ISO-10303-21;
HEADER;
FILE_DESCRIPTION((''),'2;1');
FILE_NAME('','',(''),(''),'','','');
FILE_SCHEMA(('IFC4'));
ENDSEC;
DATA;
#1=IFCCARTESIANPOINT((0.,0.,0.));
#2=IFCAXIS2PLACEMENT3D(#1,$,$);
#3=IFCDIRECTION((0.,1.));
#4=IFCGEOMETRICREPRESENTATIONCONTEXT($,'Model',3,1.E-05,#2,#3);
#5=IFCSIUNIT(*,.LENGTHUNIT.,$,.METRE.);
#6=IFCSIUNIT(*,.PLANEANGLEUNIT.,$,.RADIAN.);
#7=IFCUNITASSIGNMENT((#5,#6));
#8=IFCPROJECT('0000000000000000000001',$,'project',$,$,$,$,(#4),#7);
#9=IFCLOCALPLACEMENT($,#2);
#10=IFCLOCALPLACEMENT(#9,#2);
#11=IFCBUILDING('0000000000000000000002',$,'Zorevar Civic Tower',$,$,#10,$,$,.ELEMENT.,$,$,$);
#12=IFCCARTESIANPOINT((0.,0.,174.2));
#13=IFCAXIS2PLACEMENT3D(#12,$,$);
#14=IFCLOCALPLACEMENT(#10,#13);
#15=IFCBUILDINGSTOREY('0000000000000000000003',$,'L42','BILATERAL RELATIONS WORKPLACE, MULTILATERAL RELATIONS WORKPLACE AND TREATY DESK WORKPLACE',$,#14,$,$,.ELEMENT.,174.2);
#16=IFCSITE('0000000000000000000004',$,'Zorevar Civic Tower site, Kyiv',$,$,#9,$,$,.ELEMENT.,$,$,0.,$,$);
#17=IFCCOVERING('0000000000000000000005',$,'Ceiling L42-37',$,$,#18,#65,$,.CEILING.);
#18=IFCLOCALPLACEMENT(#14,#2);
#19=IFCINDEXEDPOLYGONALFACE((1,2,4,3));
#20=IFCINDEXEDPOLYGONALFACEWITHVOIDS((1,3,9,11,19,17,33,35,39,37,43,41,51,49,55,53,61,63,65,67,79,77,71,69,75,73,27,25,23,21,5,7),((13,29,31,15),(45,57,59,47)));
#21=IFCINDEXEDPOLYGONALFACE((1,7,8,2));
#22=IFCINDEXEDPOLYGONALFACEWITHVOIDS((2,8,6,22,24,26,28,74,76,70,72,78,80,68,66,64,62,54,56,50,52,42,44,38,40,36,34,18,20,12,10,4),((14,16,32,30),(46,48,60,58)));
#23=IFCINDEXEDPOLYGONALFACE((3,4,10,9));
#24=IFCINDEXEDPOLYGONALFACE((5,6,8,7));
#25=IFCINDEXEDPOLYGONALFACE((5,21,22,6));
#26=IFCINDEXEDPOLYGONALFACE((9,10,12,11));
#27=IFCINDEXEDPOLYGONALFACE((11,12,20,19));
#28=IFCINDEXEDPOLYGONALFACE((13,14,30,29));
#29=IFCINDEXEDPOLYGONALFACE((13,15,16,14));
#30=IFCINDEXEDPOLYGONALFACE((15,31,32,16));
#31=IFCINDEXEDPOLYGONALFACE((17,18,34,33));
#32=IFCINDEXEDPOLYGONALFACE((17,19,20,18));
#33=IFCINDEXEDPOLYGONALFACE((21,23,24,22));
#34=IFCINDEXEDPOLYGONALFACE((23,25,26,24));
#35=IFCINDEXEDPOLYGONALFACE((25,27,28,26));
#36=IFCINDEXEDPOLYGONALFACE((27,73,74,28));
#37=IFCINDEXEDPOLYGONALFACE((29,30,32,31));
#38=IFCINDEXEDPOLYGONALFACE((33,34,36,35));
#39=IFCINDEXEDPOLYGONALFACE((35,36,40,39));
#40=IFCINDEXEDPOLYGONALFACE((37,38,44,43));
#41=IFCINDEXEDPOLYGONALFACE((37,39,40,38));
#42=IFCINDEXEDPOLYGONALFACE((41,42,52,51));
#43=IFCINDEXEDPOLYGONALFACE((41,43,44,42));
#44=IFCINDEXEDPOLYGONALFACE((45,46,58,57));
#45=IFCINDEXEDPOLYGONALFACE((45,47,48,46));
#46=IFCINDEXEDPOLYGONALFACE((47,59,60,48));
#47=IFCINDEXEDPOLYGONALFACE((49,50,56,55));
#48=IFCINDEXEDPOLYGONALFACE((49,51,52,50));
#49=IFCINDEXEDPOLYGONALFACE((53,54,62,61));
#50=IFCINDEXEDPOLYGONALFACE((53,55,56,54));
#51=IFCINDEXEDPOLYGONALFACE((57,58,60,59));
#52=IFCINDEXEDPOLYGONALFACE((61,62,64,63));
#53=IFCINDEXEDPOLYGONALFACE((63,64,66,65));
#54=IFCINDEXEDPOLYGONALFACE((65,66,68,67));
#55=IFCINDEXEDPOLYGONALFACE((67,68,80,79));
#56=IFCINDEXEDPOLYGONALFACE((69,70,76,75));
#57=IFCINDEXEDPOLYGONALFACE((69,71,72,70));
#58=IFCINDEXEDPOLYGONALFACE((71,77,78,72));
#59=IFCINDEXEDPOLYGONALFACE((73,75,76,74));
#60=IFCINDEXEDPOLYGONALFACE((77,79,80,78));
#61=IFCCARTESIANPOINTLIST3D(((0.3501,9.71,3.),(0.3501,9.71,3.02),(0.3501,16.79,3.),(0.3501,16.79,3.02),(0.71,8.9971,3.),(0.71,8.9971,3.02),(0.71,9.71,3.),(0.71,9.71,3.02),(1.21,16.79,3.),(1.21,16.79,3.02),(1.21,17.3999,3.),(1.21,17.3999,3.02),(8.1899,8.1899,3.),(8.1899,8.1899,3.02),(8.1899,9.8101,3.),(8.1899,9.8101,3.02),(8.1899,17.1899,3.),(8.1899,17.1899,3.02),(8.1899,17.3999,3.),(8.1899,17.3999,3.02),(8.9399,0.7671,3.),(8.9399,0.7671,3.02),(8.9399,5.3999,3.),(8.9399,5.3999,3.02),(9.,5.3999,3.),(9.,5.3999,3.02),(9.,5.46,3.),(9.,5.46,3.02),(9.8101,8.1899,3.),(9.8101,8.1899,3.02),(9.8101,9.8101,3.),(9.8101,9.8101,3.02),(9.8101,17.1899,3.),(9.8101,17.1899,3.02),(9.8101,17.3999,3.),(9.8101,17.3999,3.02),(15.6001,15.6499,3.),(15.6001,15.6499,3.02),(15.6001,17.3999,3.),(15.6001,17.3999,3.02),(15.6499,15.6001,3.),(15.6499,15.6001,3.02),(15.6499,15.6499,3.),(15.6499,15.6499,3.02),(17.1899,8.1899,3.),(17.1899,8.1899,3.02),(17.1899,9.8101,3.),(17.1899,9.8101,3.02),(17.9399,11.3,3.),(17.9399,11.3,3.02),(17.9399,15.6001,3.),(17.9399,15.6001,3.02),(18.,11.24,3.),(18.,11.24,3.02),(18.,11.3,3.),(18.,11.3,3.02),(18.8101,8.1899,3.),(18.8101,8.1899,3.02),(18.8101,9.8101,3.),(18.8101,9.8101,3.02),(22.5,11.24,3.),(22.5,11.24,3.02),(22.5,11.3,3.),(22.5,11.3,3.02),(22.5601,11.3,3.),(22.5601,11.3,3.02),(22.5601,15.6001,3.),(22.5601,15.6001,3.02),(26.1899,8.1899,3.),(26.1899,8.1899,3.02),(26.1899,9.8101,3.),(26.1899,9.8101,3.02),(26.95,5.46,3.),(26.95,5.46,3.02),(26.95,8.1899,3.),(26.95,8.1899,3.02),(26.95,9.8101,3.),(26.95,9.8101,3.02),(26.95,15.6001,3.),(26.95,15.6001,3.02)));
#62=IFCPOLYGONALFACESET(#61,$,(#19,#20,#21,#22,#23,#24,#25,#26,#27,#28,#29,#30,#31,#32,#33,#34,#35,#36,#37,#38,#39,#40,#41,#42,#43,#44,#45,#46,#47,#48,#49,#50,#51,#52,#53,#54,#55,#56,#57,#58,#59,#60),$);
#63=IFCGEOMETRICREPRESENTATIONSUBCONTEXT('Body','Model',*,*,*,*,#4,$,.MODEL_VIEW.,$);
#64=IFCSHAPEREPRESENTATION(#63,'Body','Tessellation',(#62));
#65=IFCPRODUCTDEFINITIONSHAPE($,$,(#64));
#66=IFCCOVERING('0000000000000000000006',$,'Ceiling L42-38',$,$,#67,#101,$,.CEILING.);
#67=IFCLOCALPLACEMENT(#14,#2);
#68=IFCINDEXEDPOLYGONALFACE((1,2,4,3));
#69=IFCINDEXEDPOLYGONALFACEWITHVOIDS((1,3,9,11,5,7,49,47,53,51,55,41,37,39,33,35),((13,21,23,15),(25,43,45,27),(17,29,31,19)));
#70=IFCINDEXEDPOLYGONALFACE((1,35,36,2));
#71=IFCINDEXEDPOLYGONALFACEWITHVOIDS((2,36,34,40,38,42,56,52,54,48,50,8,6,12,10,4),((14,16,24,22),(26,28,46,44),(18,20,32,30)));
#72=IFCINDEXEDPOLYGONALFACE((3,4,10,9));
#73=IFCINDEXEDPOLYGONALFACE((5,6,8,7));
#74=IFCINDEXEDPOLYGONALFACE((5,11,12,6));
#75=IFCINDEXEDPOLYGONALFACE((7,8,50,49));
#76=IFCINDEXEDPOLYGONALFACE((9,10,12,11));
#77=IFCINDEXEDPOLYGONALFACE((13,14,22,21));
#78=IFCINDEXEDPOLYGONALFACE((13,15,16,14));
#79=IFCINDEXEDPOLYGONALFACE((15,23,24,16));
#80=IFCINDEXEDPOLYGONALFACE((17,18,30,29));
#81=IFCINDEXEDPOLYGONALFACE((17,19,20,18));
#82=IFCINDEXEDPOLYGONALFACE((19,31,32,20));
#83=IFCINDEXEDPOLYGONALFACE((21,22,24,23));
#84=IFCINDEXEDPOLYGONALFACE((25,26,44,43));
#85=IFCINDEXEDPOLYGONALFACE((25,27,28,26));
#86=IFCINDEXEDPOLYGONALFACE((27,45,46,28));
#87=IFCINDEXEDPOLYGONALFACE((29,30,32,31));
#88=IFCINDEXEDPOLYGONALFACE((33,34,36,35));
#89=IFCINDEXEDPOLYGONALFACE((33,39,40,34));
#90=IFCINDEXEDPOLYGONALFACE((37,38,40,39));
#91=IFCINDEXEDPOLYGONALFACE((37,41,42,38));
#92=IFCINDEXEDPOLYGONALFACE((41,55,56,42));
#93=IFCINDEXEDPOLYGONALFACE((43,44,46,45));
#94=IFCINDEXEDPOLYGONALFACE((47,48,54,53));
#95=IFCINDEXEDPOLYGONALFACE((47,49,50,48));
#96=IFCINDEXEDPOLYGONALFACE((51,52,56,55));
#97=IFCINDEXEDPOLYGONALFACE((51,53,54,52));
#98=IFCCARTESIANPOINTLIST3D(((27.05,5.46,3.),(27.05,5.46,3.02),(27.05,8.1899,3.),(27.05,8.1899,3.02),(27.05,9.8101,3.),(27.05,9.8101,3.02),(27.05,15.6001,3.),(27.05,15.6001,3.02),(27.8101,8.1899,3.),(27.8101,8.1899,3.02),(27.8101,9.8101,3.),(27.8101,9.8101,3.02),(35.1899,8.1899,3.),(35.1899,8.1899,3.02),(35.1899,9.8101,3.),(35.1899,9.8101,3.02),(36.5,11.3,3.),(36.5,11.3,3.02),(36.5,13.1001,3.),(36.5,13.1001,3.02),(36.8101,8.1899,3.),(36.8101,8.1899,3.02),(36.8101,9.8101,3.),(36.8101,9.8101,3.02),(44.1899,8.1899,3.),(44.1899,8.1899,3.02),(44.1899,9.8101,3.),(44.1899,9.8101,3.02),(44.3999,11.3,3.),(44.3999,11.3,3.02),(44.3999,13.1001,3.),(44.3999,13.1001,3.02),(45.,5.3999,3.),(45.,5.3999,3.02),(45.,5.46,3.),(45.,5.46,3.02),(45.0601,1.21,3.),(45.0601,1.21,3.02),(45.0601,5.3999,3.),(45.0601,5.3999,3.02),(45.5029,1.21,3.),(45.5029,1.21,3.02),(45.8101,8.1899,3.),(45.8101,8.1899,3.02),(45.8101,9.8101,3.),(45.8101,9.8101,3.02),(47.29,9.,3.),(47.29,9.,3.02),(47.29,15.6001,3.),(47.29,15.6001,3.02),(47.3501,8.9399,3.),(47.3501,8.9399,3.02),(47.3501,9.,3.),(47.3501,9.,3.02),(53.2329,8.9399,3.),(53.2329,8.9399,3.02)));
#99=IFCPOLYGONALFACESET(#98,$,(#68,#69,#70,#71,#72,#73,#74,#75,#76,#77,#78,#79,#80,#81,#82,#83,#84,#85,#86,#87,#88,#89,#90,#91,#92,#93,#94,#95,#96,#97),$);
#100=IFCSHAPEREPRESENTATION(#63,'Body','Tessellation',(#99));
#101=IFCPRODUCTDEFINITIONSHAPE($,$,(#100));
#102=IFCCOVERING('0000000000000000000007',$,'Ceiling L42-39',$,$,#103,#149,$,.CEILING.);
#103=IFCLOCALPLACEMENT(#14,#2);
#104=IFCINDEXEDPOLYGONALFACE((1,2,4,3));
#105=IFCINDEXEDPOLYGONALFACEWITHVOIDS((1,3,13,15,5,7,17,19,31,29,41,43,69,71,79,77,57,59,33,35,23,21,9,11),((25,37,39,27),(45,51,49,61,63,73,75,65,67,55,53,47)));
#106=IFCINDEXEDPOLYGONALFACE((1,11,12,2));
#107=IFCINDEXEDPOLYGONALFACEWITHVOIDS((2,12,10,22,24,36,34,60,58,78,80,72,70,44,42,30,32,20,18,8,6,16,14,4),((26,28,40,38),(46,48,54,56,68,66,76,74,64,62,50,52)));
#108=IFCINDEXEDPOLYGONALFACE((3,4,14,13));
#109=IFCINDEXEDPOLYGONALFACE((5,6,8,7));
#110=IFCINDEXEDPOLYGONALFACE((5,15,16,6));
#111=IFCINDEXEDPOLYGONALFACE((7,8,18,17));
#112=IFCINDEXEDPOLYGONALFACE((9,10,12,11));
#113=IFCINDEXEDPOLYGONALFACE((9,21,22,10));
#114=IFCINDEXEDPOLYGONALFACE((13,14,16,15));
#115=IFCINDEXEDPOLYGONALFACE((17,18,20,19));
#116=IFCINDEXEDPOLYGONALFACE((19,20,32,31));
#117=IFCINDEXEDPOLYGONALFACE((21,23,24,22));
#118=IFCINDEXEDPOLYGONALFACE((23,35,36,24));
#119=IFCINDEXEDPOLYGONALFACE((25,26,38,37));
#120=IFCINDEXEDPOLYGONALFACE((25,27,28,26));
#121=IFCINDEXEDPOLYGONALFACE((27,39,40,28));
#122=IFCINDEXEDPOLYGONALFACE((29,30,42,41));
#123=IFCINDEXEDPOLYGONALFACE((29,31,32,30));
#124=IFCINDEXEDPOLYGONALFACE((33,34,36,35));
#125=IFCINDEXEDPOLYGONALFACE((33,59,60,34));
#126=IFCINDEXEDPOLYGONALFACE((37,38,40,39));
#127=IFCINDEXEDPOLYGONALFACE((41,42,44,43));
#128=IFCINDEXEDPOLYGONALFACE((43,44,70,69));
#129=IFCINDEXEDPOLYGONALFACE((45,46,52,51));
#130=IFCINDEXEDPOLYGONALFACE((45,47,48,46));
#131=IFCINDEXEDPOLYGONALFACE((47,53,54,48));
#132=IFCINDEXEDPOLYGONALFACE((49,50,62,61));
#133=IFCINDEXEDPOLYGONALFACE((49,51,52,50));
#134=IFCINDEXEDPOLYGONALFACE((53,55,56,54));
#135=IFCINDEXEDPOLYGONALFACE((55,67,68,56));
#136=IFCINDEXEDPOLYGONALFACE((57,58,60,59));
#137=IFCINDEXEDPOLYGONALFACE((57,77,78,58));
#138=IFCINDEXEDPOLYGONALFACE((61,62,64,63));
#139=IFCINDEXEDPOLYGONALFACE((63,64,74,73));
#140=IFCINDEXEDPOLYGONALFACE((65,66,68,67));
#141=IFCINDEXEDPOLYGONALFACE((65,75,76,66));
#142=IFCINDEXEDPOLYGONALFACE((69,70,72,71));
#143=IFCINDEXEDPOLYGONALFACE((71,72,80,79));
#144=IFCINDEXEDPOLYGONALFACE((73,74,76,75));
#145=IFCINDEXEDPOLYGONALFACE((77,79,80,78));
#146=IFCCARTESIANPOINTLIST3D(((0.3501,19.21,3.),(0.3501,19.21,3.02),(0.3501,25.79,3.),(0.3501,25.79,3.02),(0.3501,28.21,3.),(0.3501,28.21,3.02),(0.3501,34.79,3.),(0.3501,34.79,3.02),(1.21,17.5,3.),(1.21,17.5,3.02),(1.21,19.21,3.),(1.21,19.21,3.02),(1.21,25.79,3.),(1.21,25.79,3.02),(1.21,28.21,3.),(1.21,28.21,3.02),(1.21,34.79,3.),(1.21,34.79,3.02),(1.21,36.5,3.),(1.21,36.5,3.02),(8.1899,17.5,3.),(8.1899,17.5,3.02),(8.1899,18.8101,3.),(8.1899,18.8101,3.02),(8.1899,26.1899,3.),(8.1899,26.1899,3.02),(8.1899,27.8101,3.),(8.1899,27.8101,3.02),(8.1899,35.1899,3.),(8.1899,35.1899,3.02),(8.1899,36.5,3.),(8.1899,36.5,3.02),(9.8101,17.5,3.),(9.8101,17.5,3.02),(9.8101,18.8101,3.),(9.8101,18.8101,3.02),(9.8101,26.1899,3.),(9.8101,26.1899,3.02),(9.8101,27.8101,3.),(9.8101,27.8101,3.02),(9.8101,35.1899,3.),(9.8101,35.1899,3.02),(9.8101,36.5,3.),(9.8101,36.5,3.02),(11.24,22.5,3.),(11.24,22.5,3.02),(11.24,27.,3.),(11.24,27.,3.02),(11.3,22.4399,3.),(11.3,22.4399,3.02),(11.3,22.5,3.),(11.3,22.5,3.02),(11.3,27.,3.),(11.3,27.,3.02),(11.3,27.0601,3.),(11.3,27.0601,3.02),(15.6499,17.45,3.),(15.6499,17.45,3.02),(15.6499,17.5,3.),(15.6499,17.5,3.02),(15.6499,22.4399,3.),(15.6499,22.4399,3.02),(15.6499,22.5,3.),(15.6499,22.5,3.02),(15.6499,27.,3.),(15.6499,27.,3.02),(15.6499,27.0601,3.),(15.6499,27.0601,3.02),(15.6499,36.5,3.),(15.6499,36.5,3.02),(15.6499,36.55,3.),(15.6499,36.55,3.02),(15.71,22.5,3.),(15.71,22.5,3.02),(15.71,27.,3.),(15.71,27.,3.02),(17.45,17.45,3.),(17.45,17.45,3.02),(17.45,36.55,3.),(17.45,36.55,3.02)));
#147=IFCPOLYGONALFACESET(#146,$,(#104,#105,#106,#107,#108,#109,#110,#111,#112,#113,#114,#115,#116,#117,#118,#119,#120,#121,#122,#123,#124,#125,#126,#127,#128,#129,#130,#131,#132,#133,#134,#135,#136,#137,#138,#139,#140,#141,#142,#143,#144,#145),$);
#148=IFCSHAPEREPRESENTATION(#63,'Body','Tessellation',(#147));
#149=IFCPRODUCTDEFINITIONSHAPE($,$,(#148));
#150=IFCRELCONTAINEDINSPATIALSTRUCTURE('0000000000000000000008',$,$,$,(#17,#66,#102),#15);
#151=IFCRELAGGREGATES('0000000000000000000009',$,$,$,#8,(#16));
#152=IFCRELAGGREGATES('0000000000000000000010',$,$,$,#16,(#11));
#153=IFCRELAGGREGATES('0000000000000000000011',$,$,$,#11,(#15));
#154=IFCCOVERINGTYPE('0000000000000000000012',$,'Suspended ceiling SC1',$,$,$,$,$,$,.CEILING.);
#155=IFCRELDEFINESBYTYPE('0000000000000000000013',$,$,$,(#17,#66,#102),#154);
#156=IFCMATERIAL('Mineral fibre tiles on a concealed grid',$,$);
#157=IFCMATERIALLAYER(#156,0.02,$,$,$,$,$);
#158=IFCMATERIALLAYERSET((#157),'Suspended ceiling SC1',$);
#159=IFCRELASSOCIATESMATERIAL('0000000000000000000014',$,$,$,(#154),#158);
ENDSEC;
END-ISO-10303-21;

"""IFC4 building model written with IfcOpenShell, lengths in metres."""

from ifc_helpers import new_model, si_unit, direction, frame, origin, place, context, subcontext, project, spatial, polyline, outline, extrude, material, layer, layer_set, type_object, element, save


model = new_model("IFC4")

# Units and contexts
model_context = context("Model", 3, precision=1e-05, world=origin(), true_north=direction((0.0, 1.0)))
body_context = subcontext(model_context, "Body", "Model", "MODEL_VIEW")
ifc_project = project(units=[si_unit("LENGTHUNIT", "METRE"), si_unit("PLANEANGLEUNIT", "RADIAN")], contexts=[model_context])

# Site, building, storey
site_placement = place(None, origin())
site = spatial("IfcSite", under=ifc_project, at=site_placement, Name="Zorevar Civic Tower site, Kyiv", CompositionType="ELEMENT", RefElevation=0.0)
building_placement = place(site_placement, origin())
building = spatial("IfcBuilding", under=site, at=building_placement, Name="Zorevar Civic Tower", CompositionType="ELEMENT")
storey_placement = place(building_placement, frame((0.0, 0.0, 174.2)))
storey = spatial("IfcBuildingStorey", under=building, at=storey_placement, Name="L42", Description="BILATERAL RELATIONS WORKPLACE, MULTILATERAL RELATIONS WORKPLACE AND TREATY DESK WORKPLACE", CompositionType="ELEMENT", Elevation=174.2)

# Coverings
ifc_material_1 = material(Name="Mineral fibre tiles on a concealed grid")
ifc_layer_1 = layer(ifc_material_1, 0.02)
ifc_layer_set_1 = layer_set([ifc_layer_1], Name="Suspended ceiling SC1")
covering_type_1 = type_object("IfcCoveringType", Name="Suspended ceiling SC1", PredefinedType="CEILING", material=ifc_layer_set_1)
covering_1_placement = place(storey_placement, frame((0.0, 0.0, 3.0)))
element("IfcCovering", 1, at=covering_1_placement, inside=storey, type_object=covering_type_1, Name="Ceiling L42-37", PredefinedType="CEILING", context=body_context, shape_type="SweptSolid", body=[
    extrude(outline(polyline([(1.21, 16.79), (1.21, 17.3999), (8.1899, 17.3999), (8.1899, 17.1899), (9.8101, 17.1899), (9.8101, 17.3999), (15.6001, 17.3999), (15.6001, 15.6499), (15.6499, 15.6499), (15.6499, 15.6001), (17.9399, 15.6001), (17.9399, 11.3), (18.0, 11.3), (18.0, 11.24), (22.5, 11.24), (22.5, 11.3), (22.5601, 11.3), (22.5601, 15.6001), (26.95, 15.6001), (26.95, 9.8101), (26.1899, 9.8101), (26.1899, 8.1899), (26.95, 8.1899), (26.95, 5.46), (9.0, 5.46), (9.0, 5.3999), (8.9399, 5.3999), (8.9399, 0.7671), (0.71, 8.9971), (0.71, 9.71), (0.3501, 9.71), (0.3501, 16.79), (1.21, 16.79)]), holes=[polyline([(9.8101, 9.8101), (8.1899, 9.8101), (8.1899, 8.1899), (9.8101, 8.1899), (9.8101, 9.8101)]), polyline([(17.1899, 8.1899), (18.8101, 8.1899), (18.8101, 9.8101), (17.1899, 9.8101), (17.1899, 8.1899)])]), origin(), (0.0, 0.0, 1.0), 0.02),
])
covering_2_placement = place(storey_placement, frame((0.0, 0.0, 3.0)))
element("IfcCovering", 2, at=covering_2_placement, inside=storey, type_object=covering_type_1, Name="Ceiling L42-38", PredefinedType="CEILING", context=body_context, shape_type="SweptSolid", body=[
    extrude(outline(polyline([(45.0601, 5.3999), (45.0, 5.3999), (45.0, 5.46), (27.05, 5.46), (27.05, 8.1899), (27.8101, 8.1899), (27.8101, 9.8101), (27.05, 9.8101), (27.05, 15.6001), (47.29, 15.6001), (47.29, 9.0), (47.3501, 9.0), (47.3501, 8.9399), (53.2329, 8.9399), (45.5029, 1.21), (45.0601, 1.21), (45.0601, 5.3999)]), holes=[polyline([(35.1899, 9.8101), (35.1899, 8.1899), (36.8101, 8.1899), (36.8101, 9.8101), (35.1899, 9.8101)]), polyline([(45.8101, 8.1899), (45.8101, 9.8101), (44.1899, 9.8101), (44.1899, 8.1899), (45.8101, 8.1899)]), polyline([(36.5, 13.1001), (36.5, 11.3), (44.3999, 11.3), (44.3999, 13.1001), (36.5, 13.1001)])]), origin(), (0.0, 0.0, 1.0), 0.02),
])
covering_3_placement = place(storey_placement, frame((0.0, 0.0, 3.0)))
element("IfcCovering", 3, at=covering_3_placement, inside=storey, type_object=covering_type_1, Name="Ceiling L42-39", PredefinedType="CEILING", context=body_context, shape_type="SweptSolid", body=[
    extrude(outline(polyline([(0.3501, 19.21), (0.3501, 25.79), (1.21, 25.79), (1.21, 28.21), (0.3501, 28.21), (0.3501, 34.79), (1.21, 34.79), (1.21, 36.5), (8.1899, 36.5), (8.1899, 35.1899), (9.8101, 35.1899), (9.8101, 36.5), (15.6499, 36.5), (15.6499, 36.55), (17.45, 36.55), (17.45, 17.45), (15.6499, 17.45), (15.6499, 17.5), (9.8101, 17.5), (9.8101, 18.8101), (8.1899, 18.8101), (8.1899, 17.5), (1.21, 17.5), (1.21, 19.21), (0.3501, 19.21)]), holes=[polyline([(15.6499, 22.4399), (15.6499, 22.5), (15.71, 22.5), (15.71, 27.0), (15.6499, 27.0), (15.6499, 27.0601), (11.3, 27.0601), (11.3, 27.0), (11.24, 27.0), (11.24, 22.5), (11.3, 22.5), (11.3, 22.4399), (15.6499, 22.4399)]), polyline([(8.1899, 27.8101), (8.1899, 26.1899), (9.8101, 26.1899), (9.8101, 27.8101), (8.1899, 27.8101)])]), origin(), (0.0, 0.0, 1.0), 0.02),
])

save(model, "model.ifc")
